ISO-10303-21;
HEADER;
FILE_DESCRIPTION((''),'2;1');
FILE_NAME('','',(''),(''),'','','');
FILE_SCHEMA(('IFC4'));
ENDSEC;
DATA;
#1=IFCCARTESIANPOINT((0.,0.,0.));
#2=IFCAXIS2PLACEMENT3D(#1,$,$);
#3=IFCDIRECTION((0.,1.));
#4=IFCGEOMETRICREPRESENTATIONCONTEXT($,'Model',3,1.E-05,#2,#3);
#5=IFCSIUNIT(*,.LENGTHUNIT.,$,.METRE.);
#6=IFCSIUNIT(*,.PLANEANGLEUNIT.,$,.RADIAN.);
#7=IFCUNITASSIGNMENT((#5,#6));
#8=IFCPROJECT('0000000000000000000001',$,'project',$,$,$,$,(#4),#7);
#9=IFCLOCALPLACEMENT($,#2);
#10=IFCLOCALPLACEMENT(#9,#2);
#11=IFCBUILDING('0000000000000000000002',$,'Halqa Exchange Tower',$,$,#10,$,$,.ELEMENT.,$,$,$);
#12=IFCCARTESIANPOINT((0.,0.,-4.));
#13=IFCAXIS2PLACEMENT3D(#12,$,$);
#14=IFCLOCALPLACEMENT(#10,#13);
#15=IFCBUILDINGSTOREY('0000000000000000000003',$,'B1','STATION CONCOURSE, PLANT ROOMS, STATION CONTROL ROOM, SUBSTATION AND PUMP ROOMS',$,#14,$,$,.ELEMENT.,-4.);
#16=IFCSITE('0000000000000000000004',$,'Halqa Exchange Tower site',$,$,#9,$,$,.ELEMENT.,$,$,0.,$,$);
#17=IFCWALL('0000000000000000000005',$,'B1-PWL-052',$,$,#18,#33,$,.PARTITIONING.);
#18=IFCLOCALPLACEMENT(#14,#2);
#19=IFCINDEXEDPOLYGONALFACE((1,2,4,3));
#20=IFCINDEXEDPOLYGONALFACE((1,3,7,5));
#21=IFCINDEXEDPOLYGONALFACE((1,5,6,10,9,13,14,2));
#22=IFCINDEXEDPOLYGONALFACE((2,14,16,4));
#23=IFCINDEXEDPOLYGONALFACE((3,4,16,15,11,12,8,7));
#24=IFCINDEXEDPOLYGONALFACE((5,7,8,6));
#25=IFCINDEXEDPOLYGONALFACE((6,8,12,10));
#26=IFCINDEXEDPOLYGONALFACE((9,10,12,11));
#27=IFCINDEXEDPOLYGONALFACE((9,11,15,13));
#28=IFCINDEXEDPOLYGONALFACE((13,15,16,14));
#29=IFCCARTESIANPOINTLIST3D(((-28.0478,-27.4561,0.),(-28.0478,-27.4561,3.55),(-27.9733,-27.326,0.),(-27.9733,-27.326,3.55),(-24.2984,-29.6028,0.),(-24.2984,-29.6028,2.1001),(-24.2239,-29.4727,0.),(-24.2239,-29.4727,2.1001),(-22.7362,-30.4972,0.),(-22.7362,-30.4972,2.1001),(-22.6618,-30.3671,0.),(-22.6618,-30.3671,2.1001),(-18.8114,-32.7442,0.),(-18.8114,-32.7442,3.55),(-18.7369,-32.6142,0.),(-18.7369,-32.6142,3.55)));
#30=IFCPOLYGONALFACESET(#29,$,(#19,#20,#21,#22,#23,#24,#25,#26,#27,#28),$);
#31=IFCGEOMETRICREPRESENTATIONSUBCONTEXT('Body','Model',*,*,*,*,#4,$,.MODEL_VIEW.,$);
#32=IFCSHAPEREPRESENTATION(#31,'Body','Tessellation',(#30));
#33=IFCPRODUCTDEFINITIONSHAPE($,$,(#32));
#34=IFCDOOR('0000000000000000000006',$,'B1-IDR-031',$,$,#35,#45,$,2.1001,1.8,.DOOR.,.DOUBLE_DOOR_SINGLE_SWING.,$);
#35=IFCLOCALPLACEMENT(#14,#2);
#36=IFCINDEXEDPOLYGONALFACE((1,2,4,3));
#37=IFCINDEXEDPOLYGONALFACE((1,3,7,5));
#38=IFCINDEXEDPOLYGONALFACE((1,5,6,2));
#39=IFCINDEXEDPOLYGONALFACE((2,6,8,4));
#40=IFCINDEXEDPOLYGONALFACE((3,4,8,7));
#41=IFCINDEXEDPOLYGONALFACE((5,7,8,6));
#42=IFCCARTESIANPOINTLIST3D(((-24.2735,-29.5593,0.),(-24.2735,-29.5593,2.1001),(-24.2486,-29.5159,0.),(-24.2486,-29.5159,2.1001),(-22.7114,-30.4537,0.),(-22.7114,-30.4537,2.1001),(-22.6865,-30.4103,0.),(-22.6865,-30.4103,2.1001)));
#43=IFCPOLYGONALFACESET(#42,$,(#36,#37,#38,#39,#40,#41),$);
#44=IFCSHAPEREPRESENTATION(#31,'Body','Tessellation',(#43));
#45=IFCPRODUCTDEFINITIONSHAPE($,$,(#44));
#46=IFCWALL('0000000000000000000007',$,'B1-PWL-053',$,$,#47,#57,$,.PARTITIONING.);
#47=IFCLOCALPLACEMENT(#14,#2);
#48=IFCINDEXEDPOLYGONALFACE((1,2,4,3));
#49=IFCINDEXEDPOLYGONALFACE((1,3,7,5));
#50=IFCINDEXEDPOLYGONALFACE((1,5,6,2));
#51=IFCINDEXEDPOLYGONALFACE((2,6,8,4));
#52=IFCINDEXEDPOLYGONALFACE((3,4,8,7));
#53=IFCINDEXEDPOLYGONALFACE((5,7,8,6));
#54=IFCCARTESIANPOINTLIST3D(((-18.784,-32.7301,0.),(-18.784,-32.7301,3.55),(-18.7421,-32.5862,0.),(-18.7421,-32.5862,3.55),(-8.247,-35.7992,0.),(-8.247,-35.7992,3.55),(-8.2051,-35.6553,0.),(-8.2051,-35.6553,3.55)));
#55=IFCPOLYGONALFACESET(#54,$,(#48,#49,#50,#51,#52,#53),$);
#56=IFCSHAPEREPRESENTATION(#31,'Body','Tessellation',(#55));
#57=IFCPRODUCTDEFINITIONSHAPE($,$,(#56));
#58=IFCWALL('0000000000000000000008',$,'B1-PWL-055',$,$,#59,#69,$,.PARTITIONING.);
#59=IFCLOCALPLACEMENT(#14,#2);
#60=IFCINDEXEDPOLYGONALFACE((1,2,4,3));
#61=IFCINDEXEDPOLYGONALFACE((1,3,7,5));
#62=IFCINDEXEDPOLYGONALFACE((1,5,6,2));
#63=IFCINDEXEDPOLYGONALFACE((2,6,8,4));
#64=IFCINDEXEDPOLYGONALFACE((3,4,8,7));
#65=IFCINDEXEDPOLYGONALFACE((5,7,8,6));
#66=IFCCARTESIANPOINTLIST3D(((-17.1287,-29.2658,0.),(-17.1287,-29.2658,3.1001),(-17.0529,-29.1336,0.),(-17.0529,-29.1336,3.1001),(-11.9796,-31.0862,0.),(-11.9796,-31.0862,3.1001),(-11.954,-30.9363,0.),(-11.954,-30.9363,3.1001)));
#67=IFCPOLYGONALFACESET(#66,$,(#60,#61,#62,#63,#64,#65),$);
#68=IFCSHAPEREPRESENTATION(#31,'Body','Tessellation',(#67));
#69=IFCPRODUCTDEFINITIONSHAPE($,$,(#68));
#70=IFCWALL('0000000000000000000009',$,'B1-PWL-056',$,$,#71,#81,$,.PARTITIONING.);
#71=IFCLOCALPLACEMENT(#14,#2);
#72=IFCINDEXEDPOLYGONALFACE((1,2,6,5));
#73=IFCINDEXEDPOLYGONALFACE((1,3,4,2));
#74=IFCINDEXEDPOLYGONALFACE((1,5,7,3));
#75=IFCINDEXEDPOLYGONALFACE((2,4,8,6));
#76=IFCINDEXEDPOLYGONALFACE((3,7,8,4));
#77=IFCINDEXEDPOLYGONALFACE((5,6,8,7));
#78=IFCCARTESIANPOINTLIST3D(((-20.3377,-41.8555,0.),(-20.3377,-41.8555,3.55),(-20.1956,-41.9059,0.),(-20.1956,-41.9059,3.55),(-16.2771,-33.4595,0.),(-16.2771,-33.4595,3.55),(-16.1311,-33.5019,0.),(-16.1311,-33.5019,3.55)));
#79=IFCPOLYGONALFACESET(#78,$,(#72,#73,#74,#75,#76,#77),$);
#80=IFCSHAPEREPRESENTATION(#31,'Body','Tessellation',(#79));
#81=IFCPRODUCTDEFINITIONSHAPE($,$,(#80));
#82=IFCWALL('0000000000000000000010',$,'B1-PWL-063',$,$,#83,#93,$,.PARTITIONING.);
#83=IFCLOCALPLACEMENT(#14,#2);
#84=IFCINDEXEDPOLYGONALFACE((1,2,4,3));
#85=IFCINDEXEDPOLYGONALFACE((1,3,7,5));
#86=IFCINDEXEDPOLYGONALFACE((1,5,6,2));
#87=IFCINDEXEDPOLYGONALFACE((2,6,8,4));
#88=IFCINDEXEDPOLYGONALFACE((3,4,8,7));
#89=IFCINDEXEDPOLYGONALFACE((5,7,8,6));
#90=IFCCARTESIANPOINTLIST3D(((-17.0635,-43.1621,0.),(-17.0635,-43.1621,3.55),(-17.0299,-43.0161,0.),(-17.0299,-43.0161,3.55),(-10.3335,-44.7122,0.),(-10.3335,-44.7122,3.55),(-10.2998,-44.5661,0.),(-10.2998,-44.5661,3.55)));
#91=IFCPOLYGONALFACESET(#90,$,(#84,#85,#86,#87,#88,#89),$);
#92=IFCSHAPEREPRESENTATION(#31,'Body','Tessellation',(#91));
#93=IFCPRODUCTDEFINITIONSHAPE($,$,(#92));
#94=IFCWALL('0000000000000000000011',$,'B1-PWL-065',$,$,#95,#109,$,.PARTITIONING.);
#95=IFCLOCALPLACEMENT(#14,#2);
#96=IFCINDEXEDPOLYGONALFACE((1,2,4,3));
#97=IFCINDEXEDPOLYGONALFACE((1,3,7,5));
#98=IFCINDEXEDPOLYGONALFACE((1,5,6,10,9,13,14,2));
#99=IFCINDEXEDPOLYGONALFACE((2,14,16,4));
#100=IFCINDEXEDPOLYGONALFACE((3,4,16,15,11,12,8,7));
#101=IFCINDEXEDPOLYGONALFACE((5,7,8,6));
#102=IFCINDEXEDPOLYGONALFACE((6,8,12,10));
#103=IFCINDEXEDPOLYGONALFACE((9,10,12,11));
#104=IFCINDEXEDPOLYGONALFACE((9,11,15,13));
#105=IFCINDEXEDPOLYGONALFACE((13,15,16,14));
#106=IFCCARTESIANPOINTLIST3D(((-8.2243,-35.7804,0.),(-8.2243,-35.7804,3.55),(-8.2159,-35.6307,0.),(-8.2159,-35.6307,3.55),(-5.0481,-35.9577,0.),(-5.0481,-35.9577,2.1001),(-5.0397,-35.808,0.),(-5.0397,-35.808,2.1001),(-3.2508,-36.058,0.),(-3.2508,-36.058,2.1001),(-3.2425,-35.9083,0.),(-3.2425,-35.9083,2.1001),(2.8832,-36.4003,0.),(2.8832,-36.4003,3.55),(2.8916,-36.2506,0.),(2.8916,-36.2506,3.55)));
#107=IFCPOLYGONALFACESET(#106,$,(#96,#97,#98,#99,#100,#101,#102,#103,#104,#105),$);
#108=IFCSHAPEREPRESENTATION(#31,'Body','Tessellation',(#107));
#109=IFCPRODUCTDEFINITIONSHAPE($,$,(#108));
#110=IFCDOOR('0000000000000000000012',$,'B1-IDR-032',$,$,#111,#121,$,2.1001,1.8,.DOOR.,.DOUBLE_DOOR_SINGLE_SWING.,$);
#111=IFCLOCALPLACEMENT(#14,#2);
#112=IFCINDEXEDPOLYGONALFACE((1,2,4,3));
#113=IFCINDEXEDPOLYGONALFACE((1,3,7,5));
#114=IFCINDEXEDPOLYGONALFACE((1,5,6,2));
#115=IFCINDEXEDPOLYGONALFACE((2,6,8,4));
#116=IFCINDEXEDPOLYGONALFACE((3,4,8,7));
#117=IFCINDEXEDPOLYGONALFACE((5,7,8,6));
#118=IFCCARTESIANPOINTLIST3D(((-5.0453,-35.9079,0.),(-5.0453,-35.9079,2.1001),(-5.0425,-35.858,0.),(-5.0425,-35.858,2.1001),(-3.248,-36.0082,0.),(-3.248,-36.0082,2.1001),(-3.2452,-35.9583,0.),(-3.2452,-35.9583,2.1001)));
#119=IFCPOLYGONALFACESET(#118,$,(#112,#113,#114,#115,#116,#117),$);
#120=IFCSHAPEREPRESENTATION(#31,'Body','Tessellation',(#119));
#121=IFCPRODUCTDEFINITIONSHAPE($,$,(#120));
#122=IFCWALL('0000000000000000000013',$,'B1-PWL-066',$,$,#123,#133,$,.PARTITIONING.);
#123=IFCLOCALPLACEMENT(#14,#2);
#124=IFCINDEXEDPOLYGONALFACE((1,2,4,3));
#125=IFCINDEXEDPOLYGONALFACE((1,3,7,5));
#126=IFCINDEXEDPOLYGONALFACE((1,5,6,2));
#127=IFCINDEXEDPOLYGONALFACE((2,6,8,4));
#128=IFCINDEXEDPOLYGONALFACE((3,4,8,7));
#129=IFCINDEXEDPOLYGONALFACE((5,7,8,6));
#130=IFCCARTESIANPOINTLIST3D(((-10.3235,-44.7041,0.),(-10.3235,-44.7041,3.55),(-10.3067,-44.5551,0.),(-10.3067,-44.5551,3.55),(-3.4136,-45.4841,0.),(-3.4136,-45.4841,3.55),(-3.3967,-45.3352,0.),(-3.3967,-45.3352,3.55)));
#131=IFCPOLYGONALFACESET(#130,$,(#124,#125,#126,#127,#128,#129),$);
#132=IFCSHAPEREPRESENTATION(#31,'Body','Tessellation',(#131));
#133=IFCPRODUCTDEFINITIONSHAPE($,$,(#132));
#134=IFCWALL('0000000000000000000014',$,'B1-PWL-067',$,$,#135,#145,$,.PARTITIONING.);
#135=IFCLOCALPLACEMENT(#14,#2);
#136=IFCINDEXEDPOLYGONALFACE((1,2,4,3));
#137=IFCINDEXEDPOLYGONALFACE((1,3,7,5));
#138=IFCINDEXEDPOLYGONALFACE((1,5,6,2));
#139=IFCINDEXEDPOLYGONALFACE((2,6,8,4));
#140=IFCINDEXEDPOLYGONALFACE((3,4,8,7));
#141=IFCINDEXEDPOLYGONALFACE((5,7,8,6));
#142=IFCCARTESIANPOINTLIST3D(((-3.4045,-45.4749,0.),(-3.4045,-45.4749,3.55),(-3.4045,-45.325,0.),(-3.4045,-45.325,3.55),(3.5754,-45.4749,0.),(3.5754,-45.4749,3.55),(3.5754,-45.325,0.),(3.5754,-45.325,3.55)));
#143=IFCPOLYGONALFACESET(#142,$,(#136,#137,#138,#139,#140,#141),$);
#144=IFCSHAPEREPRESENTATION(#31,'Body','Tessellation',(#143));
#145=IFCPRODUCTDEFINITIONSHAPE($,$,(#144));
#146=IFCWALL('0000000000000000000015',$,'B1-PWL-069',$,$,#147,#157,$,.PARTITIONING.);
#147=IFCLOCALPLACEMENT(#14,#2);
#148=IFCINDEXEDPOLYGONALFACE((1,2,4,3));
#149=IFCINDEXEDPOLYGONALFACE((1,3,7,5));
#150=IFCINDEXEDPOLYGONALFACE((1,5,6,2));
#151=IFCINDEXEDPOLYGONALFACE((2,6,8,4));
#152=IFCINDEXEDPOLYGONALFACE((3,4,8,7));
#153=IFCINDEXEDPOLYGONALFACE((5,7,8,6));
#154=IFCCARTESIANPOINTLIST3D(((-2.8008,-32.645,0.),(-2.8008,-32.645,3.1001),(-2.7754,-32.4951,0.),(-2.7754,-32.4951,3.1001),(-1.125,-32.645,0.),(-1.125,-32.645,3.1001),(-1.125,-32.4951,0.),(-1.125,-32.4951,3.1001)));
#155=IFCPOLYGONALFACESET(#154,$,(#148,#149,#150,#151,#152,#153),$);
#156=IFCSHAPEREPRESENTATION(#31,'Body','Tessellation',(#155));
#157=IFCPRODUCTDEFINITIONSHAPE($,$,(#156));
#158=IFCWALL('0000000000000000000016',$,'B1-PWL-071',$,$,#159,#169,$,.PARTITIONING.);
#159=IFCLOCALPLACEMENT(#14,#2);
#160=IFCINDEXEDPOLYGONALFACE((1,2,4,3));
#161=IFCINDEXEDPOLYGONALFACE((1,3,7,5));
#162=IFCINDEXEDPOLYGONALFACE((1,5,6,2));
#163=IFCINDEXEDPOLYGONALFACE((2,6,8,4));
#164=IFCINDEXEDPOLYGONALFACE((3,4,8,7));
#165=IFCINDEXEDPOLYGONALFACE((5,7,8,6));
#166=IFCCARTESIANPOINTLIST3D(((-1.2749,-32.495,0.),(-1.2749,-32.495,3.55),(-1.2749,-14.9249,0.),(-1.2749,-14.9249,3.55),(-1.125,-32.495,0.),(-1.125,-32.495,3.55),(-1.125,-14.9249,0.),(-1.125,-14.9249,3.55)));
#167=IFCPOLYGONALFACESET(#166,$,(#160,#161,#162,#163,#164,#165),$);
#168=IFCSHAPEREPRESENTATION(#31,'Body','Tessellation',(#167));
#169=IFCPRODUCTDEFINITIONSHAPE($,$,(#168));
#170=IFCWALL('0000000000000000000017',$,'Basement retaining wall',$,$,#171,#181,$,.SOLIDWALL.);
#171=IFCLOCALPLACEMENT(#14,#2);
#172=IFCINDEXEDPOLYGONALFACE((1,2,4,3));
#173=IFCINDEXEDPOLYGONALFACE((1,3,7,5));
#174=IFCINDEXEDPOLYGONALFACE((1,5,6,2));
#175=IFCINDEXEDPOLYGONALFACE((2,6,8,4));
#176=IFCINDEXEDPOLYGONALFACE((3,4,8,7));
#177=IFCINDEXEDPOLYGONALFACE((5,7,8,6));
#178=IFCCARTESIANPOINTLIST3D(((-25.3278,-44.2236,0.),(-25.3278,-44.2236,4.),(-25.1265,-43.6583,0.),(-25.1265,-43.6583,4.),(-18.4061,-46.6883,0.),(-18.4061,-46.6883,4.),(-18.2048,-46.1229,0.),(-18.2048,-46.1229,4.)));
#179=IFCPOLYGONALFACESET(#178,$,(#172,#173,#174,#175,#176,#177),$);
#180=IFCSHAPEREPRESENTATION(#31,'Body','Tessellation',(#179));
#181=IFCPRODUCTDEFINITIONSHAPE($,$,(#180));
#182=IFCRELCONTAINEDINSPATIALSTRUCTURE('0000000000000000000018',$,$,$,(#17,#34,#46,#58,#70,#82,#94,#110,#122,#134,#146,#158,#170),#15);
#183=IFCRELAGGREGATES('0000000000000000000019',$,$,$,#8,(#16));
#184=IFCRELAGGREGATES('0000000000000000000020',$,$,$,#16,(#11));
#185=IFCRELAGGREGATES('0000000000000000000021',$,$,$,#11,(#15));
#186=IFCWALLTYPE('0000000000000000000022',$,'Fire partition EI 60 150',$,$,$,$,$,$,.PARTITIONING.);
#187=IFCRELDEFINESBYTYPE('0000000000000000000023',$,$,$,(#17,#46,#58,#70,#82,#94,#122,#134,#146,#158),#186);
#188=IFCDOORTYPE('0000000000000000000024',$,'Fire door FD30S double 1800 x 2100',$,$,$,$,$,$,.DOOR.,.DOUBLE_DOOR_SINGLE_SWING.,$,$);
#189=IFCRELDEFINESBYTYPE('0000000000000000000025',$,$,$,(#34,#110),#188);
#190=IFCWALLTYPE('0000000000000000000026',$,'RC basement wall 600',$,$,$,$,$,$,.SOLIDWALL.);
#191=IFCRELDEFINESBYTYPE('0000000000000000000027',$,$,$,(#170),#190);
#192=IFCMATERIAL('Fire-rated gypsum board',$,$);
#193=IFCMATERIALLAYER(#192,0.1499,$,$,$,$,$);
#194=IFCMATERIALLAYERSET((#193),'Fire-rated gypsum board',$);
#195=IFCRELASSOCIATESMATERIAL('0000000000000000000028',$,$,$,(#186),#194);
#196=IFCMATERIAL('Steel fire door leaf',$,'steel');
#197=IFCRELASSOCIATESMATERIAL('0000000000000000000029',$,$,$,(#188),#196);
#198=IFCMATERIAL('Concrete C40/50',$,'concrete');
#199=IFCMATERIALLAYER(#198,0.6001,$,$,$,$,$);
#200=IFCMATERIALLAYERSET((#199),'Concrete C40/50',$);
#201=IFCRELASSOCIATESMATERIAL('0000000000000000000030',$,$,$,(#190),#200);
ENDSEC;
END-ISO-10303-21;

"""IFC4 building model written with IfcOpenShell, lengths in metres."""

from ifc_helpers import new_model, si_unit, direction, frame, frame_2d, origin, place, context, subcontext, project, spatial, polyline, rectangle, outline, extrude, material, layer, layer_set, type_object, element, fill, save


model = new_model("IFC4")

# Units and contexts
model_context = context("Model", 3, precision=1e-05, world=origin(), true_north=direction((0.0, 1.0)))
body_context = subcontext(model_context, "Body", "Model", "MODEL_VIEW")
ifc_project = project(units=[si_unit("LENGTHUNIT", "METRE"), si_unit("PLANEANGLEUNIT", "RADIAN")], contexts=[model_context])

# Site, building, storey
site_placement = place(None, origin())
site = spatial("IfcSite", under=ifc_project, at=site_placement, Name="Halqa Exchange Tower site", CompositionType="ELEMENT", RefElevation=0.0)
building_placement = place(site_placement, origin())
building = spatial("IfcBuilding", under=site, at=building_placement, Name="Halqa Exchange Tower", CompositionType="ELEMENT")
storey_placement = place(building_placement, frame((0.0, 0.0, -4.0)))
storey = spatial("IfcBuildingStorey", under=building, at=storey_placement, Name="B1", Description="STATION CONCOURSE, PLANT ROOMS, STATION CONTROL ROOM, SUBSTATION AND PUMP ROOMS", CompositionType="ELEMENT", Elevation=-4.0)

# Shared definitions
ifc_material_1 = material(Name="Fire-rated gypsum board")
ifc_layer_1 = layer(ifc_material_1, 0.1499)
ifc_layer_set_1 = layer_set([ifc_layer_1], Name="Fire-rated gypsum board")
wall_type_1 = type_object("IfcWallType", Name="Fire partition EI 60 150", PredefinedType="PARTITIONING", material=ifc_layer_set_1)

# Wall, opening, door
wall_1_placement = place(storey_placement, frame((-18.7742, -32.6792, 0.0), z_axis=(0.0, 0.0, 1.0), x_axis=(-0.867831, 0.49686, 0.0)))
wall_1 = element("IfcWall", 1, at=wall_1_placement, inside=storey, type_object=wall_type_1, Name="B1-PWL-052", PredefinedType="PARTITIONING", context=body_context, shape_type="SweptSolid", body=[
    extrude(rectangle(XDim=10.6431, YDim=0.1499, at=frame_2d((5.3215, 0.0))), origin(), (0.0, 0.0, 1.0), 3.55),
])
opening_1_placement = place(wall_1_placement, frame((4.5227, 0.0, 0.0)))
opening_1 = element("IfcOpeningElement", 2, at=opening_1_placement, cuts=wall_1, PredefinedType="OPENING", context=body_context, shape_type="SweptSolid", body=[
    extrude(rectangle(XDim=1.8, YDim=2.1001, at=frame_2d((0.8999, 1.05))), frame((0.0, 0.0869, 0.0), z_axis=(0.0, -1.0, 0.0), x_axis=(1.0, 0.0, 0.0)), (0.0, 0.0, 1.0), 0.1738),
])
ifc_material_2 = material(Name="Steel fire door leaf", Category="steel")
door_type = type_object("IfcDoorType", Name="Fire door FD30S double 1800 x 2100", OperationType="DOUBLE_DOOR_SINGLE_SWING", PredefinedType="DOOR", material=ifc_material_2)
door_1_placement = place(opening_1_placement, origin())
door_1 = element("IfcDoor", 3, at=door_1_placement, inside=storey, type_object=door_type, Name="B1-IDR-031", OperationType="DOUBLE_DOOR_SINGLE_SWING", OverallHeight=2.1001, OverallWidth=1.8, PredefinedType="DOOR", context=body_context, shape_type="SweptSolid", body=[
    extrude(rectangle(XDim=1.8, YDim=2.1001, at=frame_2d((0.8999, 1.05))), frame((0.0, 0.0249, 0.0), z_axis=(0.0, -1.0, 0.0), x_axis=(1.0, 0.0, 0.0)), (0.0, 0.0, 1.0), 0.05),
])
fill(opening_1, door_1)

# Walls
wall_2_placement = place(storey_placement, frame((-18.7629, -32.6582, 0.0), z_axis=(0.0, 0.0, 1.0), x_axis=(0.960104, -0.279645, 0.0)))
element("IfcWall", 4, at=wall_2_placement, inside=storey, type_object=wall_type_1, Name="B1-PWL-053", PredefinedType="PARTITIONING", context=body_context, shape_type="SweptSolid", body=[
    extrude(rectangle(XDim=10.9749, YDim=0.1499, at=frame_2d((5.4873, 0.0))), origin(), (0.0, 0.0, 1.0), 3.55),
])
wall_3_placement = place(storey_placement, frame((-17.0908, -29.1997, 0.0), z_axis=(0.0, 0.0, 1.0), x_axis=(0.942814, -0.333318, 0.0)))
element("IfcWall", 5, at=wall_3_placement, inside=storey, type_object=wall_type_1, Name="B1-PWL-055", PredefinedType="PARTITIONING", context=body_context, shape_type="SweptSolid", body=[
    extrude(outline(polyline([(-0.0137, -0.075), (5.4478, -0.075), (5.4219, 0.075), (0.0137, 0.075), (-0.0137, -0.075)])), origin(), (0.0, 0.0, 1.0), 3.1001),
])
wall_4_placement = place(storey_placement, frame((-16.2041, -33.4807, 0.0), z_axis=(0.0, 0.0, 1.0), x_axis=(-0.43539, -0.900242, 0.0)))
element("IfcWall", 6, at=wall_4_placement, inside=storey, type_object=wall_type_1, Name="B1-PWL-056", PredefinedType="PARTITIONING", context=body_context, shape_type="SweptSolid", body=[
    extrude(outline(polyline([(0.0127, -0.075), (9.3391, -0.075), (9.3225, 0.075), (-0.0127, 0.075), (0.0127, -0.075)])), origin(), (0.0, 0.0, 1.0), 3.55),
])
wall_5_placement = place(storey_placement, frame((-10.3167, -44.6392, 0.0), z_axis=(0.0, 0.0, 1.0), x_axis=(-0.974487, 0.224444, 0.0)))
element("IfcWall", 7, at=wall_5_placement, inside=storey, type_object=wall_type_1, Name="B1-PWL-063", PredefinedType="PARTITIONING", context=body_context, shape_type="SweptSolid", body=[
    extrude(rectangle(XDim=6.9062, YDim=0.1499, at=frame_2d((3.4531, 0.0))), origin(), (0.0, 0.0, 1.0), 3.55),
])

# Wall, opening, door
wall_6_placement = place(storey_placement, frame((-8.2202, -35.7056, 0.0), z_axis=(0.0, 0.0, 1.0), x_axis=(0.998446, -0.05572, 0.0)))
wall_6 = element("IfcWall", 8, at=wall_6_placement, inside=storey, type_object=wall_type_1, Name="B1-PWL-065", PredefinedType="PARTITIONING", context=body_context, shape_type="SweptSolid", body=[
    extrude(rectangle(XDim=11.1248, YDim=0.1499, at=frame_2d((5.5625, 0.0))), origin(), (0.0, 0.0, 1.0), 3.55),
])
opening_2_placement = place(wall_6_placement, frame((3.1814, 0.0, 0.0)))
opening_2 = element("IfcOpeningElement", 9, at=opening_2_placement, cuts=wall_6, PredefinedType="OPENING", context=body_context, shape_type="SweptSolid", body=[
    extrude(rectangle(XDim=1.8, YDim=2.1001, at=frame_2d((0.8999, 1.05))), frame((0.0, 0.0869, 0.0), z_axis=(0.0, -1.0, 0.0), x_axis=(1.0, 0.0, 0.0)), (0.0, 0.0, 1.0), 0.1738),
])
door_2_placement = place(opening_2_placement, origin())
door_2 = element("IfcDoor", 10, at=door_2_placement, inside=storey, type_object=door_type, Name="B1-IDR-032", OperationType="DOUBLE_DOOR_SINGLE_SWING", OverallHeight=2.1001, OverallWidth=1.8, PredefinedType="DOOR", context=body_context, shape_type="SweptSolid", body=[
    extrude(rectangle(XDim=1.8, YDim=2.1001, at=frame_2d((0.8999, 1.05))), frame((0.0, 0.0249, 0.0), z_axis=(0.0, -1.0, 0.0), x_axis=(1.0, 0.0, 0.0)), (0.0, 0.0, 1.0), 0.05),
])
fill(opening_2, door_2)

# Walls
wall_7_placement = place(storey_placement, frame((-3.405, -45.4097, 0.0), z_axis=(0.0, 0.0, 1.0), x_axis=(-0.993689, 0.112173, 0.0)))
element("IfcWall", 11, at=wall_7_placement, inside=storey, type_object=wall_type_1, Name="B1-PWL-066", PredefinedType="PARTITIONING", context=body_context, shape_type="SweptSolid", body=[
    extrude(rectangle(XDim=6.9539, YDim=0.1499, at=frame_2d((3.4771, 0.0))), origin(), (0.0, 0.0, 1.0), 3.55),
])
wall_8_placement = place(storey_placement, frame((-3.4045, -45.3999, 0.0), z_axis=(0.0, 0.0, 1.0), x_axis=(1.0, 0.0, 0.0)))
element("IfcWall", 12, at=wall_8_placement, inside=storey, type_object=wall_type_1, Name="B1-PWL-067", PredefinedType="PARTITIONING", context=body_context, shape_type="SweptSolid", body=[
    extrude(rectangle(XDim=6.98, YDim=0.1499, at=frame_2d((3.49, 0.0))), origin(), (0.0, 0.0, 1.0), 3.55),
])
wall_9_placement = place(storey_placement, frame((-2.7881, -32.5701, 0.0), z_axis=(0.0, 0.0, 1.0), x_axis=(1.0, 0.0, 0.0)))
element("IfcWall", 13, at=wall_9_placement, inside=storey, type_object=wall_type_1, Name="B1-PWL-069", PredefinedType="PARTITIONING", context=body_context, shape_type="SweptSolid", body=[
    extrude(outline(polyline([(-0.0127, -0.075), (1.6631, -0.075), (1.6631, 0.075), (0.0127, 0.075), (-0.0127, -0.075)])), origin(), (0.0, 0.0, 1.0), 3.1001),
])
wall_10_placement = place(storey_placement, frame((-1.2, -32.4951, 0.0), z_axis=(0.0, 0.0, 1.0), x_axis=(0.0, 1.0, 0.0)))
element("IfcWall", 14, at=wall_10_placement, inside=storey, type_object=wall_type_1, Name="B1-PWL-071", PredefinedType="PARTITIONING", context=body_context, shape_type="SweptSolid", body=[
    extrude(rectangle(XDim=17.5701, YDim=0.1499, at=frame_2d((8.7852, 0.0))), origin(), (0.0, 0.0, 1.0), 3.55),
])
ifc_material_3 = material(Name="Concrete C40/50", Category="concrete")
ifc_layer_2 = layer(ifc_material_3, 0.6001)
ifc_layer_set_2 = layer_set([ifc_layer_2], Name="Concrete C40/50")
wall_type_2 = type_object("IfcWallType", Name="RC basement wall 600", PredefinedType="SOLIDWALL", material=ifc_layer_set_2)
wall_11_placement = place(storey_placement, frame((-25.2273, -43.9409, 0.0), z_axis=(0.0, 0.0, 1.0), x_axis=(0.942061, -0.335442, 0.0)))
element("IfcWall", 15, at=wall_11_placement, inside=storey, type_object=wall_type_2, Name="Basement retaining wall", PredefinedType="SOLIDWALL", context=body_context, shape_type="SweptSolid", body=[
    extrude(rectangle(XDim=7.3474, YDim=0.6001, at=frame_2d((3.6738, 0.0))), origin(), (0.0, 0.0, 1.0), 4.0),
])

save(model, "model.ifc")
